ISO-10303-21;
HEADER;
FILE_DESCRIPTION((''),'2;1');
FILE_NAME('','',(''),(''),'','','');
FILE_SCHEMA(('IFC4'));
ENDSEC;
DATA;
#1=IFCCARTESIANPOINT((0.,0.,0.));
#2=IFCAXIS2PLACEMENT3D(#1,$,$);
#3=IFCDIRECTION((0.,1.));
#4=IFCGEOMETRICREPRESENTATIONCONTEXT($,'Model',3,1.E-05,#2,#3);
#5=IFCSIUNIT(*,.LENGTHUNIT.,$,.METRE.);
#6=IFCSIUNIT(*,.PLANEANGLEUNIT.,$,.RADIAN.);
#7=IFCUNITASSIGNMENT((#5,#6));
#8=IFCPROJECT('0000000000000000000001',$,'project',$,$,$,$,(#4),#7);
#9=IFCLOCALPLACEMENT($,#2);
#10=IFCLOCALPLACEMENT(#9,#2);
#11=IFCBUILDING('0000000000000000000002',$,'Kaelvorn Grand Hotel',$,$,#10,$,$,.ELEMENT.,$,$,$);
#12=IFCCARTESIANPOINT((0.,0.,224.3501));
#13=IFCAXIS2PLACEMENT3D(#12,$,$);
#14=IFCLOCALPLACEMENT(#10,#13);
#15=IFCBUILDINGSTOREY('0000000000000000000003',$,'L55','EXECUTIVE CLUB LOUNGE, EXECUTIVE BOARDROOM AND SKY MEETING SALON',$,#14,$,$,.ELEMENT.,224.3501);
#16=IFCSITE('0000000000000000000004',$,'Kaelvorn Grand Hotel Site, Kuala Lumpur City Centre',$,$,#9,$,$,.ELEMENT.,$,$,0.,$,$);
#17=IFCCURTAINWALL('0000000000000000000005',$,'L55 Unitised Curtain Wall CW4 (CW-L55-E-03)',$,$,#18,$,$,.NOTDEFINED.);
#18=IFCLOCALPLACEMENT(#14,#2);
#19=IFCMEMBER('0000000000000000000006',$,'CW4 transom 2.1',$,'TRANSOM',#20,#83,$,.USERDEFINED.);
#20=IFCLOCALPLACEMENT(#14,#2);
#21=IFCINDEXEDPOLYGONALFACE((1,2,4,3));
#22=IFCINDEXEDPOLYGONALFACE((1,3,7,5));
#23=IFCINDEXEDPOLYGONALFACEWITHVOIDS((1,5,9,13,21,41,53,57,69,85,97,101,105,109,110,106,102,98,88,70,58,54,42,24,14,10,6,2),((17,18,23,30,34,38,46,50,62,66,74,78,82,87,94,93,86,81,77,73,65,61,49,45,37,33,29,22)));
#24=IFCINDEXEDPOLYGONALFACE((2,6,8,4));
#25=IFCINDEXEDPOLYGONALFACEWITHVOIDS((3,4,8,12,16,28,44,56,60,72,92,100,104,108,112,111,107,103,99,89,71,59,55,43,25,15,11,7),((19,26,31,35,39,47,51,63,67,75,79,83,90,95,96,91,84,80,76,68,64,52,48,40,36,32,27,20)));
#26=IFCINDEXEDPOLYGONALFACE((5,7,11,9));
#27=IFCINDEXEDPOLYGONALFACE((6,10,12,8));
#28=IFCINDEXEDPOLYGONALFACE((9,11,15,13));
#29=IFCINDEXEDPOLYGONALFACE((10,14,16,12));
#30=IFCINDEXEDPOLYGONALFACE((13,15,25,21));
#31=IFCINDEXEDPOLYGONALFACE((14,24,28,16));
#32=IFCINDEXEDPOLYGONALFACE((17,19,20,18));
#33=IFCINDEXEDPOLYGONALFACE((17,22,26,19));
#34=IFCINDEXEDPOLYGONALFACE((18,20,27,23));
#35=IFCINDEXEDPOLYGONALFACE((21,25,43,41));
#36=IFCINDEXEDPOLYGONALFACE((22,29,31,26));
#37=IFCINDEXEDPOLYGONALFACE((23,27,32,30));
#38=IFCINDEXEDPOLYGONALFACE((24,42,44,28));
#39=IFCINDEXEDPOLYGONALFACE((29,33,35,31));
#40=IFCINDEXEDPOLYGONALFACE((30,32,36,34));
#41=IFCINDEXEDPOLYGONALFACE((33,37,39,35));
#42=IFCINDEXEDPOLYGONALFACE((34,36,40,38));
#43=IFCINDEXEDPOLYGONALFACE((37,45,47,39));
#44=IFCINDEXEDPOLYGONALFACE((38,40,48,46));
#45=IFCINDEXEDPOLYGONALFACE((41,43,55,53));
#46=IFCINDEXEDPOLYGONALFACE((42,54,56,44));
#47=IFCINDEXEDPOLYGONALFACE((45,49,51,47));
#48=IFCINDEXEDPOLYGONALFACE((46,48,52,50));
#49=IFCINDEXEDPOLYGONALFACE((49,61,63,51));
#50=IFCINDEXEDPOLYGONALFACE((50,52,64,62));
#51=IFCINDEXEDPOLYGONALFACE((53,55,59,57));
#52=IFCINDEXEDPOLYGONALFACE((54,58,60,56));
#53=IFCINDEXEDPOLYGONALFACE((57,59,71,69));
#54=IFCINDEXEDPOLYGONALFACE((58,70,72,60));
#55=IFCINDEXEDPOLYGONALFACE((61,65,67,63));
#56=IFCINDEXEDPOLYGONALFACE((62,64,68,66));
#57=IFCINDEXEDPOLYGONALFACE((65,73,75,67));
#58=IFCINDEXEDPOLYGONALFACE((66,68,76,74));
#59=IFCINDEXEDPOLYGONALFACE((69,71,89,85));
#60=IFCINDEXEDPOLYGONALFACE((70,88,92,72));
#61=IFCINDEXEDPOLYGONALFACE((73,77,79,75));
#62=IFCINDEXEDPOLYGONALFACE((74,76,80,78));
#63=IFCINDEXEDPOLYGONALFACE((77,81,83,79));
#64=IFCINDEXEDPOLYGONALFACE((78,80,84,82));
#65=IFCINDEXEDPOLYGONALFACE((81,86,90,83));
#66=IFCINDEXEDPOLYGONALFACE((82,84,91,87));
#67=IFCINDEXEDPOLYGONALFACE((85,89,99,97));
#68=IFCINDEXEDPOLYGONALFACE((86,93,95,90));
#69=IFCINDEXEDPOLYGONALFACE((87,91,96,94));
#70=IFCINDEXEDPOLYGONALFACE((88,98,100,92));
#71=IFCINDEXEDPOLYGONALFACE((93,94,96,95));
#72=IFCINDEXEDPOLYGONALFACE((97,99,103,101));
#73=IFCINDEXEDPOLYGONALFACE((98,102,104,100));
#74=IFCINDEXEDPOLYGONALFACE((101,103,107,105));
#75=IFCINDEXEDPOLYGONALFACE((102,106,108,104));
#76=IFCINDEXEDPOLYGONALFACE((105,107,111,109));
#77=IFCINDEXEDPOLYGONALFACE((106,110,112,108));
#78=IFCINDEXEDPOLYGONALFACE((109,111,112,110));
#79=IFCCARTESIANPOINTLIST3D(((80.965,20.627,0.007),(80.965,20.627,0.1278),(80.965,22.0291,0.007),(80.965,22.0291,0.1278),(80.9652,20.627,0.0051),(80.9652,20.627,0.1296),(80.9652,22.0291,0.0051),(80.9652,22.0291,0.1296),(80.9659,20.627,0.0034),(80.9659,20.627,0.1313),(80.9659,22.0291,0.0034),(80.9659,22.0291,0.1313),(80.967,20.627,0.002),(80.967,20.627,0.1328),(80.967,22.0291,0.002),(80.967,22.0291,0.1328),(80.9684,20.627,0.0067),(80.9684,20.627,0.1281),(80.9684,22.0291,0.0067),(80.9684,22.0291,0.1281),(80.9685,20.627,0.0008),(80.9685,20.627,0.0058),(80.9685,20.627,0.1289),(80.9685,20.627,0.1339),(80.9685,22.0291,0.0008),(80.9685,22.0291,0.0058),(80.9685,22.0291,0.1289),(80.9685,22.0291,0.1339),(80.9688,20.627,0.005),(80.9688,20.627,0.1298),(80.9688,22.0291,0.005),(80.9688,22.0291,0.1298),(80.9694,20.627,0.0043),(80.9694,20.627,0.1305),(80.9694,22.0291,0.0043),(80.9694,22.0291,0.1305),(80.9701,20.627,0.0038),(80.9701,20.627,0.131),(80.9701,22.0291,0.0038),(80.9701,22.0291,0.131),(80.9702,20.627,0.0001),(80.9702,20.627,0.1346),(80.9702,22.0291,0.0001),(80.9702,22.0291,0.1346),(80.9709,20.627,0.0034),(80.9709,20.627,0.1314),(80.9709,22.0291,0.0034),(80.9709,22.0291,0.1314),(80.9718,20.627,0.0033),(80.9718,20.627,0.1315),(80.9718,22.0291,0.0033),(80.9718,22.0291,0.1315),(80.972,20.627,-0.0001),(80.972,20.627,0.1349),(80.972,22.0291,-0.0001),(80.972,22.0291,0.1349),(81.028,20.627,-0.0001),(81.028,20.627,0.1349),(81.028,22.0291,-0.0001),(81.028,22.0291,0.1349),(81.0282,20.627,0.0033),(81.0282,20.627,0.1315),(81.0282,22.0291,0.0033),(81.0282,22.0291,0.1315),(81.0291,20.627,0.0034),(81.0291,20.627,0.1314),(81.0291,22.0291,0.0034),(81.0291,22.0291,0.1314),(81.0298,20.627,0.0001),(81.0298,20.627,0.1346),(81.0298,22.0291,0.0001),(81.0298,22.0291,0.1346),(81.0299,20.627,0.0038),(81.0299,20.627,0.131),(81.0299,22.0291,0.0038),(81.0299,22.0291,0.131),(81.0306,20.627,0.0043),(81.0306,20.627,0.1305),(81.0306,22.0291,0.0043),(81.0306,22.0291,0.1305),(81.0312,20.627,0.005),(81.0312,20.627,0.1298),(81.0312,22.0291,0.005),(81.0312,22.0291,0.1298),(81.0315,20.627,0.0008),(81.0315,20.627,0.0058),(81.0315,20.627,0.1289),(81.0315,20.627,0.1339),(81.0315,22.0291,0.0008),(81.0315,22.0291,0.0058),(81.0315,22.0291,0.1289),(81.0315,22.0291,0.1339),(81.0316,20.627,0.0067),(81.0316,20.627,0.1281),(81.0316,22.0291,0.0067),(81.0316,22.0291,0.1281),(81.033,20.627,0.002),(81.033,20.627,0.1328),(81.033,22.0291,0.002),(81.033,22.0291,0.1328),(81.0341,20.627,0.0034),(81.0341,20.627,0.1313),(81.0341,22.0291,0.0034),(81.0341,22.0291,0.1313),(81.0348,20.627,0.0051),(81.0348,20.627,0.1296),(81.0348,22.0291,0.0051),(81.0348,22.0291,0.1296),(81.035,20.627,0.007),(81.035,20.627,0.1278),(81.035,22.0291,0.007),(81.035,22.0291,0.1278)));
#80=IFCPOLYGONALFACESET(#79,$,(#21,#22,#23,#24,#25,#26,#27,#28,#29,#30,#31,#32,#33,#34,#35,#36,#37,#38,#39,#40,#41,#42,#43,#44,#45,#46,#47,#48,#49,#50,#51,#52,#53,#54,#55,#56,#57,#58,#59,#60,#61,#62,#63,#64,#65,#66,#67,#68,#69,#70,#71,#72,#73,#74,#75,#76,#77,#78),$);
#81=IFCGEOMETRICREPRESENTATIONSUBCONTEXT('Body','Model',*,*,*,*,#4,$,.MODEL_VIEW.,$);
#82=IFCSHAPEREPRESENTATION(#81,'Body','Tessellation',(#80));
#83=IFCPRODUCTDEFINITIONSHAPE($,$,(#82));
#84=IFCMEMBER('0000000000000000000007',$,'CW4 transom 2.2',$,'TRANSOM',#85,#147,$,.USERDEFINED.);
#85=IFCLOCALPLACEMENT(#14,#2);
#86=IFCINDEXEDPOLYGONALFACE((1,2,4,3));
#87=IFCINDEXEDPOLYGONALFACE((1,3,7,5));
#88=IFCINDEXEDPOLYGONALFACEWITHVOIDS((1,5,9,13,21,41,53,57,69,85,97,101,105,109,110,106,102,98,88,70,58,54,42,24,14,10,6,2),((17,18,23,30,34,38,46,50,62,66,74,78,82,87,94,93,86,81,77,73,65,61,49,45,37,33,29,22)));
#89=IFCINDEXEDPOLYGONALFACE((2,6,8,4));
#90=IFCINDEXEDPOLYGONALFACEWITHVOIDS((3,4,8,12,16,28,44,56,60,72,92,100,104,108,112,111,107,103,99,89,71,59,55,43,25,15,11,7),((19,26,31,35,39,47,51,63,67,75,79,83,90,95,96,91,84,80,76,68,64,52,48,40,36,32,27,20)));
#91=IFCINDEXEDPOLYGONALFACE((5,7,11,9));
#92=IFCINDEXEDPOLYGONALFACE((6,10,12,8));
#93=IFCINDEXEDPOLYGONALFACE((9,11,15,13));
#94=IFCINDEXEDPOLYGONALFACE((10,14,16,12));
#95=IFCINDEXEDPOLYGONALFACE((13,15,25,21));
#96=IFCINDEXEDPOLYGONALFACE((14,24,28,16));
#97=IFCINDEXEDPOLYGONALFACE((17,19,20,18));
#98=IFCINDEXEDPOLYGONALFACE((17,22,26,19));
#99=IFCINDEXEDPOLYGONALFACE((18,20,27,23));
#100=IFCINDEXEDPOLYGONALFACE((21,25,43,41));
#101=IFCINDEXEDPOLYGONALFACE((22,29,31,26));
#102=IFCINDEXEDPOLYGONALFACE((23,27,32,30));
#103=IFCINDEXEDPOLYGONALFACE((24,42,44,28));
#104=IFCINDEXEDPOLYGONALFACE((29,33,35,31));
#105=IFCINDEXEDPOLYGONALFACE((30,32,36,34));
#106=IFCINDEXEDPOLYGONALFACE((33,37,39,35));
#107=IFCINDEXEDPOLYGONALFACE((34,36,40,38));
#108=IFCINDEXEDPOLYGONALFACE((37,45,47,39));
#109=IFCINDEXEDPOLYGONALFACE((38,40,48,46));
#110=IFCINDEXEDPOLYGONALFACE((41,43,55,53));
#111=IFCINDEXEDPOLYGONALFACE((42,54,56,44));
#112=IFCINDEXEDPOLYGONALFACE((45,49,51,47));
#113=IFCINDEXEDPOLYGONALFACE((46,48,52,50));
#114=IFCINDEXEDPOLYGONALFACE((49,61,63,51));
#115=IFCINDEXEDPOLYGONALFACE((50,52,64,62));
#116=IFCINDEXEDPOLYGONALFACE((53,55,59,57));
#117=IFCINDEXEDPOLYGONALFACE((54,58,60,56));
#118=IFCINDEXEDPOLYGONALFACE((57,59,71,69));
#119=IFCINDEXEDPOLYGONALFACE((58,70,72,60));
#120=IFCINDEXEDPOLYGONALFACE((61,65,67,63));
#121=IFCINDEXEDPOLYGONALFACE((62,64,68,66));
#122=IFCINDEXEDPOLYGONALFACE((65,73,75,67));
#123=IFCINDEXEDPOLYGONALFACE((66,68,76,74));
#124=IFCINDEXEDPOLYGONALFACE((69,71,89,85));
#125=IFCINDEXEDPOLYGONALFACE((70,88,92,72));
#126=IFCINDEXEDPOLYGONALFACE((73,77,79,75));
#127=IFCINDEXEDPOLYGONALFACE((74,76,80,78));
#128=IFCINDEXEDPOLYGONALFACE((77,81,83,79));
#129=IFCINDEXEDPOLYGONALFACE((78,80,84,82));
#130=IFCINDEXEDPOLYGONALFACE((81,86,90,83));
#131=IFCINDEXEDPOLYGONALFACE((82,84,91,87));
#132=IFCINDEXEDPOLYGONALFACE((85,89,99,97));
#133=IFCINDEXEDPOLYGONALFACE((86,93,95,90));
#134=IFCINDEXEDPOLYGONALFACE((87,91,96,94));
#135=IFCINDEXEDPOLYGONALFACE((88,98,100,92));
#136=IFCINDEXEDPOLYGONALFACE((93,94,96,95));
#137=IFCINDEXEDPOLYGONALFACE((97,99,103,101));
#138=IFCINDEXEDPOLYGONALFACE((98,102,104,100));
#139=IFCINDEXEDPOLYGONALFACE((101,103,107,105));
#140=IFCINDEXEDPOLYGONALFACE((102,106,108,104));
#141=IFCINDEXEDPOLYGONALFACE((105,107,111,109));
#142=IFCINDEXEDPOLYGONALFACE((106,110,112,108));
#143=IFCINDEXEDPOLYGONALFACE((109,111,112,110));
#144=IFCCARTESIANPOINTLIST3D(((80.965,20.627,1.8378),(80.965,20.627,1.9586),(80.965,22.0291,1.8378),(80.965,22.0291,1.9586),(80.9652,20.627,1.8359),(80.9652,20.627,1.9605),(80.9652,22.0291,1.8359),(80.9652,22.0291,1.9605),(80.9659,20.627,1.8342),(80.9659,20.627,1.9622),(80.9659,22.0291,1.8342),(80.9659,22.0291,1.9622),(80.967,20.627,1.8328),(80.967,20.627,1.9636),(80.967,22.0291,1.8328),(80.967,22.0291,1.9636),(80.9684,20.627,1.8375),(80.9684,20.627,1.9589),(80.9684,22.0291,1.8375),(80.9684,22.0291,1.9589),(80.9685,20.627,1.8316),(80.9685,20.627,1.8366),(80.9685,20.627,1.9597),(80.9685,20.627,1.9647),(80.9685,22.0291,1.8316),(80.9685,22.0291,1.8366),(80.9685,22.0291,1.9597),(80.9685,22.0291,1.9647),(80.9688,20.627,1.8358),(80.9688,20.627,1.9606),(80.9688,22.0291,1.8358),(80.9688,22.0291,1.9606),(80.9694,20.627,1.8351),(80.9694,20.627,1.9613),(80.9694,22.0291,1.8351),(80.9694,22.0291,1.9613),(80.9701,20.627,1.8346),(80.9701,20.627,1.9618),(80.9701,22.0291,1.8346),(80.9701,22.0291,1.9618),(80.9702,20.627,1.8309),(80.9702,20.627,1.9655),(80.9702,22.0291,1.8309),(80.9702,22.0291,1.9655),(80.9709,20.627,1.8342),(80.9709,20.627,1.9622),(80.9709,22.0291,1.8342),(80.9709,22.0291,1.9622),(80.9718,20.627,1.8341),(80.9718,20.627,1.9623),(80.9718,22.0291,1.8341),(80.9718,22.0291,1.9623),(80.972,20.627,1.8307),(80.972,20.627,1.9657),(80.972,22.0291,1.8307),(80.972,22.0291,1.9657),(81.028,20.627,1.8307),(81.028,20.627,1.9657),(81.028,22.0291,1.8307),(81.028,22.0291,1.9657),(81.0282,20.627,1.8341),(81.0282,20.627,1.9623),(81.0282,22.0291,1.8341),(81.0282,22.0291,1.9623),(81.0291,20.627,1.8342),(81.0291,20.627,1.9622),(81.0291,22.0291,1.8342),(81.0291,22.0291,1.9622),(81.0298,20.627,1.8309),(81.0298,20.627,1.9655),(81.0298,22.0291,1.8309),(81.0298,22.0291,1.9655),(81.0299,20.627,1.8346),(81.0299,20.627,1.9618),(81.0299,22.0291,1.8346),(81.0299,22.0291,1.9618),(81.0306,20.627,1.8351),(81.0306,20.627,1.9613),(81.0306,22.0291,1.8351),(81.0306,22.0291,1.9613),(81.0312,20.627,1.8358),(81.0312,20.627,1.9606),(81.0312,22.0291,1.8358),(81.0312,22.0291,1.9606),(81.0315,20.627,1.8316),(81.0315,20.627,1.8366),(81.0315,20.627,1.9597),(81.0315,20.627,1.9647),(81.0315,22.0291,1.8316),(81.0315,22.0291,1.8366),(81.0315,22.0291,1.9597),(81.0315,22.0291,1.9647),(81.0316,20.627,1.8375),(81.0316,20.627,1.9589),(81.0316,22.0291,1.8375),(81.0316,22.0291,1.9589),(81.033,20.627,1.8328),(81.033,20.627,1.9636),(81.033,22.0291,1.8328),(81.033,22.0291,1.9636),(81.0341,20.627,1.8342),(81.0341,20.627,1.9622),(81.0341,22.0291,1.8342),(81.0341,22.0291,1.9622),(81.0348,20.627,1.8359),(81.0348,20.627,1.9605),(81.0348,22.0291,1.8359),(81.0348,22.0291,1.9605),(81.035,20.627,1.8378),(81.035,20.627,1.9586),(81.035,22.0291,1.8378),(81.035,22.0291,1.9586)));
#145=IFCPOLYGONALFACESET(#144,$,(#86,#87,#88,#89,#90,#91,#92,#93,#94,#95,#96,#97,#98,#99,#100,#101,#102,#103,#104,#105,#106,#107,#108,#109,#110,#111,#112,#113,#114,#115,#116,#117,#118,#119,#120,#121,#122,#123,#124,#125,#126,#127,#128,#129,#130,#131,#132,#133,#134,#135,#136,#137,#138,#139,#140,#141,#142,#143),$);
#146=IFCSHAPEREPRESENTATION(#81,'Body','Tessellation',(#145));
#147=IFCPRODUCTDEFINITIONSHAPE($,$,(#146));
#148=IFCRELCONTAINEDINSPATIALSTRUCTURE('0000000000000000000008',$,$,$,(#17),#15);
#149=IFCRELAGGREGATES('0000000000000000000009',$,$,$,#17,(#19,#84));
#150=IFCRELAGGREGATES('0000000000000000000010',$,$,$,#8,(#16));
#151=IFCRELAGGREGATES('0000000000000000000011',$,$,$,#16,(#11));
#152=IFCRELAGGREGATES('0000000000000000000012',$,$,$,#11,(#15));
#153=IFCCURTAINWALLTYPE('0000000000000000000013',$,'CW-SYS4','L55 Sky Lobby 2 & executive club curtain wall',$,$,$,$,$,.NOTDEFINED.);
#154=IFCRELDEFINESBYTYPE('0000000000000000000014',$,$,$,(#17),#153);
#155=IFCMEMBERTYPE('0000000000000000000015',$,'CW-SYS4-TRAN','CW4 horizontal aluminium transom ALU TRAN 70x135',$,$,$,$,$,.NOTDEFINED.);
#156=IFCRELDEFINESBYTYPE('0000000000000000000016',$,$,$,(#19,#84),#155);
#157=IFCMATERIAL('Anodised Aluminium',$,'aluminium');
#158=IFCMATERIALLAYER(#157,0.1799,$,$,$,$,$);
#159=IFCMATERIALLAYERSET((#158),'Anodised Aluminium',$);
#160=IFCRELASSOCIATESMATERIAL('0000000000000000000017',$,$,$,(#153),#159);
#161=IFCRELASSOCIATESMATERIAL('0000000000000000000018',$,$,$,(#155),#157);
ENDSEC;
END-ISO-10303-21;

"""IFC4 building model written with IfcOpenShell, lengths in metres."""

from ifc_helpers import new_model, si_unit, direction, frame, origin, origin_2d, place, context, subcontext, project, spatial, hollow_rectangle, extrude, material, layer, layer_set, material_profile, profile_set, type_object, element, aggregate, save


model = new_model("IFC4")

# Units and contexts
model_context = context("Model", 3, precision=1e-05, world=origin(), true_north=direction((0.0, 1.0)))
body_context = subcontext(model_context, "Body", "Model", "MODEL_VIEW")
ifc_project = project(units=[si_unit("LENGTHUNIT", "METRE"), si_unit("PLANEANGLEUNIT", "RADIAN")], contexts=[model_context])

# Site, building, storey
site_placement = place(None, origin())
site = spatial("IfcSite", under=ifc_project, at=site_placement, Name="Kaelvorn Grand Hotel Site, Kuala Lumpur City Centre", CompositionType="ELEMENT", RefElevation=0.0)
building_placement = place(site_placement, origin())
building = spatial("IfcBuilding", under=site, at=building_placement, Name="Kaelvorn Grand Hotel", CompositionType="ELEMENT")
storey_placement = place(building_placement, frame((0.0, 0.0, 224.3501)))
storey = spatial("IfcBuildingStorey", under=building, at=storey_placement, Name="L55", Description="EXECUTIVE CLUB LOUNGE, EXECUTIVE BOARDROOM AND SKY MEETING SALON", CompositionType="ELEMENT", Elevation=224.3501)

# Curtain wall, members
ifc_material_1 = material(Name="Anodised Aluminium", Category="aluminium")
ifc_layer_1 = layer(ifc_material_1, 0.1799)
ifc_layer_set_1 = layer_set([ifc_layer_1], Name="Anodised Aluminium")
curtain_wall_type = type_object("IfcCurtainWallType", Name="CW-SYS4", Description="L55 Sky Lobby 2 & executive club curtain wall", PredefinedType="NOTDEFINED", material=ifc_layer_set_1)
curtain_wall_placement = place(storey_placement, origin())
curtain_wall = element("IfcCurtainWall", 1, at=curtain_wall_placement, inside=storey, type_object=curtain_wall_type, Name="L55 Unitised Curtain Wall CW4 (CW-L55-E-03)", PredefinedType="NOTDEFINED")
ifc_material_profile_1 = material_profile(ifc_material_1, hollow_rectangle(XDim=0.0701, YDim=0.135, WallThickness=0.0034, InnerFilletRadius=0.0034, OuterFilletRadius=0.0071, at=origin_2d()), Name="ALU TRAN 70x135")
ifc_profile_set_1 = profile_set([ifc_material_profile_1], Name="Anodised Aluminium")
member_type_1 = type_object("IfcMemberType", Name="CW-SYS4-TRAN", Description="CW4 horizontal aluminium transom ALU TRAN 70x135", PredefinedType="NOTDEFINED", material=ifc_profile_set_1)
member_1_placement = place(storey_placement, frame((81.0, 20.627, 0.0674), z_axis=(0.0, 1.0, 0.0), x_axis=(-1.0, 0.0, 0.0)))
member_1 = element("IfcMember", 2, at=member_1_placement, type_object=member_type_1, Name="CW4 transom 2.1", ObjectType="TRANSOM", PredefinedType="USERDEFINED", context=body_context, shape_type="SweptSolid", body=[
    extrude(hollow_rectangle(XDim=0.0701, YDim=0.135, WallThickness=0.0034, InnerFilletRadius=0.0034, OuterFilletRadius=0.0071, at=origin_2d()), origin(), (0.0, 0.0, 1.0), 1.4021),
])
member_2_placement = place(storey_placement, frame((81.0, 20.627, 1.8982), z_axis=(0.0, 1.0, 0.0), x_axis=(-1.0, 0.0, 0.0)))
member_2 = element("IfcMember", 3, at=member_2_placement, type_object=member_type_1, Name="CW4 transom 2.2", ObjectType="TRANSOM", PredefinedType="USERDEFINED", context=body_context, shape_type="SweptSolid", body=[
    extrude(hollow_rectangle(XDim=0.0701, YDim=0.135, WallThickness=0.0034, InnerFilletRadius=0.0034, OuterFilletRadius=0.0071, at=origin_2d()), origin(), (0.0, 0.0, 1.0), 1.4021),
])
aggregate(curtain_wall, [member_1, member_2])

save(model, "model.ifc")
